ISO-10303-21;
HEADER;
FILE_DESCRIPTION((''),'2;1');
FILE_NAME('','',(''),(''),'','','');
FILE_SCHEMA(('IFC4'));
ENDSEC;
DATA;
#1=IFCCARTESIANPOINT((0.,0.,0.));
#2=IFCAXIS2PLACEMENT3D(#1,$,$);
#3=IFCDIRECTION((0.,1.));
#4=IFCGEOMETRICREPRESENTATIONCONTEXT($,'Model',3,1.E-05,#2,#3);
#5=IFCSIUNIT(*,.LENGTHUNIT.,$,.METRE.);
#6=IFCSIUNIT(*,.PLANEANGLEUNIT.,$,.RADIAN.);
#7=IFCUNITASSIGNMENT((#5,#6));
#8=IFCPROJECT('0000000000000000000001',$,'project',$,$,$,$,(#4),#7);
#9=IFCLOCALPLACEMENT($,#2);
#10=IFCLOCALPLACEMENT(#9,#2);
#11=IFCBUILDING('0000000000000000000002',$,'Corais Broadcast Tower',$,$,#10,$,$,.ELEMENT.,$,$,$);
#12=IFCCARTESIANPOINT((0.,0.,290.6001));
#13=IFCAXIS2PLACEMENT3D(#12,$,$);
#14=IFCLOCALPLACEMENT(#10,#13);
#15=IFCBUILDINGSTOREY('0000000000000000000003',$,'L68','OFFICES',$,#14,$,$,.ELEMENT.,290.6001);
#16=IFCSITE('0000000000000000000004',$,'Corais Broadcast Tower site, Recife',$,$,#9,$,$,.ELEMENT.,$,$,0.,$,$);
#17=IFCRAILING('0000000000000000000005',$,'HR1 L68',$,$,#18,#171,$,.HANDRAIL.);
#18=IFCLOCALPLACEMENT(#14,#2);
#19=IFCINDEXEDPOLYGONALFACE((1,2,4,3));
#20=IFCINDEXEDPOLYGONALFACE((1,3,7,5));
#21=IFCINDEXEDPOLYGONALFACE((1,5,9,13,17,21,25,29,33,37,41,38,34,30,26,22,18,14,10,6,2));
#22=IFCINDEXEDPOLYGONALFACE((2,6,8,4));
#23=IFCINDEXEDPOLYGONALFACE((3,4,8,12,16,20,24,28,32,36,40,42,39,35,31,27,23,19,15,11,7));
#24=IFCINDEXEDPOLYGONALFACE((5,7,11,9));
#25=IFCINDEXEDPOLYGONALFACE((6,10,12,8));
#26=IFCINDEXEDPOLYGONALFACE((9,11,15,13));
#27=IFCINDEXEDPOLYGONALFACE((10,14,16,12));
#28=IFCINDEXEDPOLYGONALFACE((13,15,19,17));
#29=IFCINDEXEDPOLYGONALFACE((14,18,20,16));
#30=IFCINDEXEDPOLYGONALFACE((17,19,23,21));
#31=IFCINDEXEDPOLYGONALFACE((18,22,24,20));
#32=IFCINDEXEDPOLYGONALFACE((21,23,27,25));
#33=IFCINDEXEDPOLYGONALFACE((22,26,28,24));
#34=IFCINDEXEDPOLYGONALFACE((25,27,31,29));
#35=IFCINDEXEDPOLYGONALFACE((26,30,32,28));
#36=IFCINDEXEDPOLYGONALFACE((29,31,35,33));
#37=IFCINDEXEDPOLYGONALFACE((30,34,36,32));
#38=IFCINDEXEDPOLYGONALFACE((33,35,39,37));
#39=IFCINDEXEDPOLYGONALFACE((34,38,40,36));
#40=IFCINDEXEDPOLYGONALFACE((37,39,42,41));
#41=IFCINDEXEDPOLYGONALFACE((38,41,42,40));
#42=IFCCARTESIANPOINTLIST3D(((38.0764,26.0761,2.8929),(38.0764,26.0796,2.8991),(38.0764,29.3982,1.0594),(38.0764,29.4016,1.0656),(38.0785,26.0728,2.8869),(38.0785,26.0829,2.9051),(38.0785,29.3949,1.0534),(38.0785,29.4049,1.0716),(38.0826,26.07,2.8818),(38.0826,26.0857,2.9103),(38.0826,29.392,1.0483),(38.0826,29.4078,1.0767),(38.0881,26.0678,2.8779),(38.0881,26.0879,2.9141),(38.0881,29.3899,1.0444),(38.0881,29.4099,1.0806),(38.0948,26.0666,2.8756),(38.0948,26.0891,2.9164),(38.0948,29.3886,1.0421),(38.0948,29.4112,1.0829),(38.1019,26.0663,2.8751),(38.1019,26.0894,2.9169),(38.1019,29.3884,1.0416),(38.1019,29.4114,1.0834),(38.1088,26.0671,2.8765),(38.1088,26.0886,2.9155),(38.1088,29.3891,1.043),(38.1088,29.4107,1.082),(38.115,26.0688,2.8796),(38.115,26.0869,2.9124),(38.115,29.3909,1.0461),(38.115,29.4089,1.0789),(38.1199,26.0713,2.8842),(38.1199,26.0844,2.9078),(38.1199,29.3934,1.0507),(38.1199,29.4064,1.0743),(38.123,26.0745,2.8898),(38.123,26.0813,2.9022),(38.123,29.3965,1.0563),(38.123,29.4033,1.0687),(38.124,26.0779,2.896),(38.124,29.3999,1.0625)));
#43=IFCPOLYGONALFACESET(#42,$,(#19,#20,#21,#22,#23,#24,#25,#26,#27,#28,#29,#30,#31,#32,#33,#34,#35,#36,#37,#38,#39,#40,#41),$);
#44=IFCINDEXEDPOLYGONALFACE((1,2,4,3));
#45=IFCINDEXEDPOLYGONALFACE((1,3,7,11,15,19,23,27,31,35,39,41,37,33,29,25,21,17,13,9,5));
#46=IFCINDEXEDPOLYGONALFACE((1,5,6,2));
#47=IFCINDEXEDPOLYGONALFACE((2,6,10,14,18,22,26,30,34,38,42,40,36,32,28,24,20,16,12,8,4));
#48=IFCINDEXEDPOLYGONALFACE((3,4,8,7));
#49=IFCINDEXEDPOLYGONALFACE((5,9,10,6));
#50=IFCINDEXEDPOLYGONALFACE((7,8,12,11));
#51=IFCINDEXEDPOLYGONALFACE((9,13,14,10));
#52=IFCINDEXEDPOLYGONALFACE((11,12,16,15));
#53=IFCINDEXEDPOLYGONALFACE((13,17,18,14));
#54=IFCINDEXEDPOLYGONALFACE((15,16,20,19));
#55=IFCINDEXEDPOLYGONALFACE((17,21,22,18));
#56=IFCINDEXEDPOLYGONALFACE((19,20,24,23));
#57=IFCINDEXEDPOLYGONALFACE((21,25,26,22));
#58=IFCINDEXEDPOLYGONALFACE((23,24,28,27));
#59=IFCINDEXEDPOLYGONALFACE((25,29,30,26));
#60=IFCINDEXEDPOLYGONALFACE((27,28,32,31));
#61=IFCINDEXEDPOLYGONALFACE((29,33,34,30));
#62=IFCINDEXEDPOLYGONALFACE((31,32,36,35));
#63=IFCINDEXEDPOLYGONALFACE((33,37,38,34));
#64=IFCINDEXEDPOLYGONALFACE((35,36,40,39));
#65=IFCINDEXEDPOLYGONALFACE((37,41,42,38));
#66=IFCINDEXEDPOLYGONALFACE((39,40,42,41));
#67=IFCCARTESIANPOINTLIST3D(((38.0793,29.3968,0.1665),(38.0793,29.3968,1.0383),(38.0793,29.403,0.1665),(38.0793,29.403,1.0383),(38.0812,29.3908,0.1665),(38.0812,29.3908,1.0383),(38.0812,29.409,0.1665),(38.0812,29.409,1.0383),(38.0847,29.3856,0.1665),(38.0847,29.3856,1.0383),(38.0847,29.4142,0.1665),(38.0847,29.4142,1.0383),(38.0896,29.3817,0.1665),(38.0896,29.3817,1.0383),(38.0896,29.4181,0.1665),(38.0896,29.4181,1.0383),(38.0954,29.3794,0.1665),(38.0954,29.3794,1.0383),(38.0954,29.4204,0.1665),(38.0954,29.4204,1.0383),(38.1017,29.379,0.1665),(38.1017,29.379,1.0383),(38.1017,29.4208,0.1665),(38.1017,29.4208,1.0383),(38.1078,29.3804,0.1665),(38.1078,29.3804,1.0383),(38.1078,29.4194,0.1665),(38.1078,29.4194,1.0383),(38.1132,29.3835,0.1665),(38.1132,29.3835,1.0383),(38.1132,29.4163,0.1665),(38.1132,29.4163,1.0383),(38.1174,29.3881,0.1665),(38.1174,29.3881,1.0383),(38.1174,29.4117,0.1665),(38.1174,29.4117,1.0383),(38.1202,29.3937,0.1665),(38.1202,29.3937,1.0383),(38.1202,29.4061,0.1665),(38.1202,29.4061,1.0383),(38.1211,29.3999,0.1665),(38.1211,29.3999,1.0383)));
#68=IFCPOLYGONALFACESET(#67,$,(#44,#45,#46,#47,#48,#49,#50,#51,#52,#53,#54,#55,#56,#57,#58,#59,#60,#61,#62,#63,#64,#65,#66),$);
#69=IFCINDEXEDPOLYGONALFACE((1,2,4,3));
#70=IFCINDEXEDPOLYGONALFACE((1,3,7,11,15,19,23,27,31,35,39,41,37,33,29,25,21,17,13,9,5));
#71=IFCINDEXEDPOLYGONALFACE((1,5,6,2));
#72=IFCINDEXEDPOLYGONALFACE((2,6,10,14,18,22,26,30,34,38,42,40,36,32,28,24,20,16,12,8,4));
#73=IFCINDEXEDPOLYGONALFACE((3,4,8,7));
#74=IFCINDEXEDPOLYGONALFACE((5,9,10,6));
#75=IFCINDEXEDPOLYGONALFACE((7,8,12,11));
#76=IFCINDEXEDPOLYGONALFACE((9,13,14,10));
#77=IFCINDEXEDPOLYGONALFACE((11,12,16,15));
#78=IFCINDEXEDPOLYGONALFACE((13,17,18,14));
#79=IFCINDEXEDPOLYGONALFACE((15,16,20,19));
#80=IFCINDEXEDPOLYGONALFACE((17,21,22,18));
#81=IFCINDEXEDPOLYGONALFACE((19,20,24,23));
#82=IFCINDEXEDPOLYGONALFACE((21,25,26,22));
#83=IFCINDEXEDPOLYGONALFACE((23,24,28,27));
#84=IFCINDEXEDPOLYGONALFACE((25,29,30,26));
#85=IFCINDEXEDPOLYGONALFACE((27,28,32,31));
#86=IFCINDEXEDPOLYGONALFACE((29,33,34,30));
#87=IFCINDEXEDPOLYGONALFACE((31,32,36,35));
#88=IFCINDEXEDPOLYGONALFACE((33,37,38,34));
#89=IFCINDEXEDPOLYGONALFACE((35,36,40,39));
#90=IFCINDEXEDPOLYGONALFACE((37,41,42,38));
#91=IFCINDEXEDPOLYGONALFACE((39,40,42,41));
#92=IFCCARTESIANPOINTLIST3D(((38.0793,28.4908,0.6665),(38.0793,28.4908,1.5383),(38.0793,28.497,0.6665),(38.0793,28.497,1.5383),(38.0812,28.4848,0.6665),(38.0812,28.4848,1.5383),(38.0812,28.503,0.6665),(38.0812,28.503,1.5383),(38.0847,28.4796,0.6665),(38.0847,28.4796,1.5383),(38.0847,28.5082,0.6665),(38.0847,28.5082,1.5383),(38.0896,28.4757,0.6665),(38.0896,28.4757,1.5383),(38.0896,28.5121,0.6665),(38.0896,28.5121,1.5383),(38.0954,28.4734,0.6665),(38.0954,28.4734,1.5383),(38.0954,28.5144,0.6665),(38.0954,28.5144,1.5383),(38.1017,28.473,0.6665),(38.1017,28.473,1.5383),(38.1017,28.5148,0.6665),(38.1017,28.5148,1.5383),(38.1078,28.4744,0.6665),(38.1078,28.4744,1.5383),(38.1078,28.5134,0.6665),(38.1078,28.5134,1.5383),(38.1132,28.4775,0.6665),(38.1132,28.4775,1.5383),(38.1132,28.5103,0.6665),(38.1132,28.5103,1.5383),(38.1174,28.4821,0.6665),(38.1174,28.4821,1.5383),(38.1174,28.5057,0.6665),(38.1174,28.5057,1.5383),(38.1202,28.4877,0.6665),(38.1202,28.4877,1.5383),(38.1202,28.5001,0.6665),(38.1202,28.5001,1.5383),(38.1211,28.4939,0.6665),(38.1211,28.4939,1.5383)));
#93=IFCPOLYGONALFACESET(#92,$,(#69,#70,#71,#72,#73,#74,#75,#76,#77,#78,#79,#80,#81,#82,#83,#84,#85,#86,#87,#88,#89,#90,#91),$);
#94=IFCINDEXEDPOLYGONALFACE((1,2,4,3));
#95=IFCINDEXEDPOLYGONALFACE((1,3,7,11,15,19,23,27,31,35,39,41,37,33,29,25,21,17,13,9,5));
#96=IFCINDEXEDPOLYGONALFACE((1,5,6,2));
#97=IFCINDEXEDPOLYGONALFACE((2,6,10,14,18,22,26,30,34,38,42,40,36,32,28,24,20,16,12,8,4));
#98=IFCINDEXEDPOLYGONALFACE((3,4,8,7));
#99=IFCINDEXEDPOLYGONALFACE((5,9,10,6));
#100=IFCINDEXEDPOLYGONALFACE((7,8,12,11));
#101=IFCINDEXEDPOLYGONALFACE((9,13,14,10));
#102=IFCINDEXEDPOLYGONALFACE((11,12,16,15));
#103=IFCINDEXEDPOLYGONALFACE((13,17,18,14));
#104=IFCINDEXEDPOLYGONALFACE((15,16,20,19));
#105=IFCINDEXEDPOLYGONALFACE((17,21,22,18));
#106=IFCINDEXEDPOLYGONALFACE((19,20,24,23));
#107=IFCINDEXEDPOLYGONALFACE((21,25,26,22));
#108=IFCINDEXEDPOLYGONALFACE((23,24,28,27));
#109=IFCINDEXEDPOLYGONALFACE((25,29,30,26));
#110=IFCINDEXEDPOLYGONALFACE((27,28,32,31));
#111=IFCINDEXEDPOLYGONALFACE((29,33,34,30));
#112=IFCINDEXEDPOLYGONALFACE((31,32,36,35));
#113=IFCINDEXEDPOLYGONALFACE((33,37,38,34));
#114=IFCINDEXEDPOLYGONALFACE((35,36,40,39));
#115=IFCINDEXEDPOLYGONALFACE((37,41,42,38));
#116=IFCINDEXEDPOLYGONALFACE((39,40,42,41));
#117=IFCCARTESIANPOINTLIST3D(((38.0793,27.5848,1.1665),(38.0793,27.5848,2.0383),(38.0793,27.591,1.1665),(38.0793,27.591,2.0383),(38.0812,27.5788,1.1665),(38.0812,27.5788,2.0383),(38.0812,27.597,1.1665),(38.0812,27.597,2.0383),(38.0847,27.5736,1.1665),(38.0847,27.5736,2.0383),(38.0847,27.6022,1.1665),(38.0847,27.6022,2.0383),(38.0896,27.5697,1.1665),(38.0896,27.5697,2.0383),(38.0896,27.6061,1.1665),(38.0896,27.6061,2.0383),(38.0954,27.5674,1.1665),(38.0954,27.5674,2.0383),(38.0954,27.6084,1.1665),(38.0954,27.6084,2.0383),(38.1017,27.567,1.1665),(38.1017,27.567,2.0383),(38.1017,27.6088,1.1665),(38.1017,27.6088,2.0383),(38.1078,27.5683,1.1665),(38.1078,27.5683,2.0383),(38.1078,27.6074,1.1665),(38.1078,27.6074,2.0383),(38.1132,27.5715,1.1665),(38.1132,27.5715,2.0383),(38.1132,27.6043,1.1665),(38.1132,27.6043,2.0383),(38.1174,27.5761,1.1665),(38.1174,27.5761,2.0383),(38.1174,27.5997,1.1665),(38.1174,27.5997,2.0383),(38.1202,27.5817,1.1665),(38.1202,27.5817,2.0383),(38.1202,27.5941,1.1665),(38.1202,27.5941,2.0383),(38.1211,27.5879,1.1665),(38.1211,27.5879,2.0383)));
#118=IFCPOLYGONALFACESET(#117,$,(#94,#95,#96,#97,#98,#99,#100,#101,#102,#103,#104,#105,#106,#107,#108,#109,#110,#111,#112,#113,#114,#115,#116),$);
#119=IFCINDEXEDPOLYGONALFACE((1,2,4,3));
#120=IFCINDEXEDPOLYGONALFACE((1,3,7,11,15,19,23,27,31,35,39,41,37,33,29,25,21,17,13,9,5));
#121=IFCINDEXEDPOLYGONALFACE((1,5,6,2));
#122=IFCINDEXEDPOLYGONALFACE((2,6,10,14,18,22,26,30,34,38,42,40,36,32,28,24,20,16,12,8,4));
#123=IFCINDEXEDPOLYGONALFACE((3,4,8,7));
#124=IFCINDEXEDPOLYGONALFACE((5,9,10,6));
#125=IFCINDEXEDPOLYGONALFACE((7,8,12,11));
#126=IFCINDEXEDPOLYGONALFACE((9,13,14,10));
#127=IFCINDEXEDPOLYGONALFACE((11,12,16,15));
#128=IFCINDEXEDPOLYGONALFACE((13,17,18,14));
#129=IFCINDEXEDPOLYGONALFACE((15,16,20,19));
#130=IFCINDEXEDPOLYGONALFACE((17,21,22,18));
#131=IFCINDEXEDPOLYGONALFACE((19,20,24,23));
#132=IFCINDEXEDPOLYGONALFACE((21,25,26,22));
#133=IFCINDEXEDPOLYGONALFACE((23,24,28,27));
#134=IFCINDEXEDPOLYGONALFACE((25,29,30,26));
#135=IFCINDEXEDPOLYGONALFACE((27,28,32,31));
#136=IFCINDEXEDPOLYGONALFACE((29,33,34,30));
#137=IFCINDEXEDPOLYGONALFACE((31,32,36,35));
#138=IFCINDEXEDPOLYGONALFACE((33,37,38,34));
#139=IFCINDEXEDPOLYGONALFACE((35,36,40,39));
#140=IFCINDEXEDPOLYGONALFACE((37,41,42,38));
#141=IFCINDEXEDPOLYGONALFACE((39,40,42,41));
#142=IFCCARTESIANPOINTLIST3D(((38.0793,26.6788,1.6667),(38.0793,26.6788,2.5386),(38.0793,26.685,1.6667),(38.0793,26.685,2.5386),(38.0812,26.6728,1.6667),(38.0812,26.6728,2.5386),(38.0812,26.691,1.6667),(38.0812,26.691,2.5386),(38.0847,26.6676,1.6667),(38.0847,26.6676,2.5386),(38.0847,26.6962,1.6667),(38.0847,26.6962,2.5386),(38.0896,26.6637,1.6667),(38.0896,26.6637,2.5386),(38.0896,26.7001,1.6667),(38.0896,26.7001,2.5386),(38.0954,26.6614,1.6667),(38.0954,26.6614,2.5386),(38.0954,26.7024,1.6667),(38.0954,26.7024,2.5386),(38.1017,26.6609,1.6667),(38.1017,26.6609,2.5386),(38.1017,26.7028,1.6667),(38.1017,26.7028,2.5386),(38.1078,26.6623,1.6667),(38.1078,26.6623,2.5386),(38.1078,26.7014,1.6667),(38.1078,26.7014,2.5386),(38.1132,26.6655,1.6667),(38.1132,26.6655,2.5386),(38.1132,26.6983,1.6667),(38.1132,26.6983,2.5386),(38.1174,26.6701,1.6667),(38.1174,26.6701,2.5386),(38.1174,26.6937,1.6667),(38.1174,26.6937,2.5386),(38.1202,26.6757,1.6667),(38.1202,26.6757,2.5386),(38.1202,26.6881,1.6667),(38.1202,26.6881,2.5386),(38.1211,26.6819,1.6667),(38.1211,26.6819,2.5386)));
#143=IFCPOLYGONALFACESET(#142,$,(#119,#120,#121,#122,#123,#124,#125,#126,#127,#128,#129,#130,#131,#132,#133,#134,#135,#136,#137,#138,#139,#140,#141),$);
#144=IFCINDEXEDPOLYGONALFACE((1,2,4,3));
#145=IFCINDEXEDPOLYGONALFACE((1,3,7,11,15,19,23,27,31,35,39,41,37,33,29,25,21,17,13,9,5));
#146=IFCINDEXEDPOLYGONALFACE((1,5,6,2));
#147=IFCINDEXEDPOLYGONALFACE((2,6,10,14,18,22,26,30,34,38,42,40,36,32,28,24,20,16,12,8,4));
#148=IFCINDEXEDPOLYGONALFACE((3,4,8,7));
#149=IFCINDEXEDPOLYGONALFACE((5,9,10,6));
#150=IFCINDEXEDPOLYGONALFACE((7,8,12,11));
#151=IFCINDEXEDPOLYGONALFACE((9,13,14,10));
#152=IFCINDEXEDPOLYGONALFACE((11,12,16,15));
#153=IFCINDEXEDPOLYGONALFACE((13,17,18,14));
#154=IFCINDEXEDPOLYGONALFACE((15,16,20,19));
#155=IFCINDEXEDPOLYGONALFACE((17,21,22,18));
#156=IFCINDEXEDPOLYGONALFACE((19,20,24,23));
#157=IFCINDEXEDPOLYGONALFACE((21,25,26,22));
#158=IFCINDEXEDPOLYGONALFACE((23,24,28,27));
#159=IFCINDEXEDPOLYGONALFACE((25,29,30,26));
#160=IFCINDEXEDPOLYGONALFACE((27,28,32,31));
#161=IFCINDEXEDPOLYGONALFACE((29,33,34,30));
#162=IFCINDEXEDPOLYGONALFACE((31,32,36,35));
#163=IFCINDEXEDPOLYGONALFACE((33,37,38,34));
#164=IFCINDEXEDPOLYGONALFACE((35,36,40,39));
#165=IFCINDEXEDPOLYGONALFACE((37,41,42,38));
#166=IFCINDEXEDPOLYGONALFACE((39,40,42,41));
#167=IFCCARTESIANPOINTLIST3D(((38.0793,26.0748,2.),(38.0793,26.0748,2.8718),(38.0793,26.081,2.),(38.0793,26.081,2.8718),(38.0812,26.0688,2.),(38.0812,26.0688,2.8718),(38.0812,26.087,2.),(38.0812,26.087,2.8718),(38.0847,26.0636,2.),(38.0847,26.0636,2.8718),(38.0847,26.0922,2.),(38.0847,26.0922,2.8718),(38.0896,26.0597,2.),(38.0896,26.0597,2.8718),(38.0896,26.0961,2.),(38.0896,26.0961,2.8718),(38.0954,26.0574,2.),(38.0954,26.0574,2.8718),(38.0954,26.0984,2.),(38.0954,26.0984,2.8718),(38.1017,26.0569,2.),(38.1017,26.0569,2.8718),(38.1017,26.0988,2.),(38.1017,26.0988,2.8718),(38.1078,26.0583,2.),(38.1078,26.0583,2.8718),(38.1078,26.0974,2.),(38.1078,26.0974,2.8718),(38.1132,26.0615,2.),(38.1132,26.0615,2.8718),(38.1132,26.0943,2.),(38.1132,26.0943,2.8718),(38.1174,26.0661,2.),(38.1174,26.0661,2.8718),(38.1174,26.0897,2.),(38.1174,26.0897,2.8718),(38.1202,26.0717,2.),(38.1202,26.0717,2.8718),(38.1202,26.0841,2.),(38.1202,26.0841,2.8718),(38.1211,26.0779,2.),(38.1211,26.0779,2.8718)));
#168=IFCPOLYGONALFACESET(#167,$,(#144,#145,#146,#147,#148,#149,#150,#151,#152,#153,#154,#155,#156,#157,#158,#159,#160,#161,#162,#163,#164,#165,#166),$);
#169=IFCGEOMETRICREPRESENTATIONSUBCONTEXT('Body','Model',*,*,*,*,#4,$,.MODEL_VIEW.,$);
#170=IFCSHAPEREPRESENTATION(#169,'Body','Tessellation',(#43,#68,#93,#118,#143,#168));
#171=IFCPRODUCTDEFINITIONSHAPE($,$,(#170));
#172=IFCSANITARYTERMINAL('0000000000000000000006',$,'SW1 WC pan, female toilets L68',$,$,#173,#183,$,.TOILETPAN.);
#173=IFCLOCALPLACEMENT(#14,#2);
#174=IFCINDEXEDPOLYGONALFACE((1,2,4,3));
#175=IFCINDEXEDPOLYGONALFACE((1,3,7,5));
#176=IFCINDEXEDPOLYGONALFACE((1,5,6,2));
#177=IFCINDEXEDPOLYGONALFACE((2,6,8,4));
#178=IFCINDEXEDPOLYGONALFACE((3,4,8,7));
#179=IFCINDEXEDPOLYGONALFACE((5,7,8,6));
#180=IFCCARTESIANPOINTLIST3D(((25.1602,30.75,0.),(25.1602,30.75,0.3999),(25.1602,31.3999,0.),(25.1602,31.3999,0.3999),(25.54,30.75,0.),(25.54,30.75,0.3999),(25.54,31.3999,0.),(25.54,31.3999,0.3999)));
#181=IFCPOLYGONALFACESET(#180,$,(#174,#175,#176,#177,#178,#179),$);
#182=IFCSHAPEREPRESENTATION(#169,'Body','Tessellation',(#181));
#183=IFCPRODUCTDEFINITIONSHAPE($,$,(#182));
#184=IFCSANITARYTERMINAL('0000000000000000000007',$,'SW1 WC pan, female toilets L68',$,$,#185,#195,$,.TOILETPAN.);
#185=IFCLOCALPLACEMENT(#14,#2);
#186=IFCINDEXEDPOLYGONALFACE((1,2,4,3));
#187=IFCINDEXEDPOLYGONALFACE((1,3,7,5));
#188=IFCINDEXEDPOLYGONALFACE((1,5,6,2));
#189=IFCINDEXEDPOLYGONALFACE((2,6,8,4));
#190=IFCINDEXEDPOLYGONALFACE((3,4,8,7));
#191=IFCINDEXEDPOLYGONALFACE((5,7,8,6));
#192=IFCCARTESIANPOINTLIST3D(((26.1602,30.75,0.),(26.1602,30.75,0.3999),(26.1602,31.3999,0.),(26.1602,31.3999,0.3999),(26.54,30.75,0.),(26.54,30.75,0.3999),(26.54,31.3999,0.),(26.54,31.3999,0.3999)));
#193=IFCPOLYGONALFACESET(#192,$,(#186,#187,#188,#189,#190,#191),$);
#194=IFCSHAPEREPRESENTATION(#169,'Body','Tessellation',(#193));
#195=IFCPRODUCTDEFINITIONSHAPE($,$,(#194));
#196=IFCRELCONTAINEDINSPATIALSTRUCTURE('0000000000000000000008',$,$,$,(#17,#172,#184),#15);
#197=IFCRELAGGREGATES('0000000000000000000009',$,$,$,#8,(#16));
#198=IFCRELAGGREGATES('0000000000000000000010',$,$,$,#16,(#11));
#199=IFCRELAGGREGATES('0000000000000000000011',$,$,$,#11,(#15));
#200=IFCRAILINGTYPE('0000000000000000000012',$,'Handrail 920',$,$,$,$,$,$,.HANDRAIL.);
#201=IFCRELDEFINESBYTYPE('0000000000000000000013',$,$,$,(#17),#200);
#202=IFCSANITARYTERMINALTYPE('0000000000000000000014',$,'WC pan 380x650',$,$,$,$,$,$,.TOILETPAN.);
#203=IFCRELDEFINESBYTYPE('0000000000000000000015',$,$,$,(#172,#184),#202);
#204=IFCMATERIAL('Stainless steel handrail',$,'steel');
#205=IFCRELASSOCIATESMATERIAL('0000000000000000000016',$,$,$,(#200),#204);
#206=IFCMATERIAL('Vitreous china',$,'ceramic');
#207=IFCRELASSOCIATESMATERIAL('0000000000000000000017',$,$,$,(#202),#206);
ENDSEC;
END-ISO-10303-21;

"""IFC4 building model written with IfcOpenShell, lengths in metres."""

from ifc_helpers import new_model, si_unit, direction, frame, origin, origin_2d, place, context, subcontext, project, spatial, rectangle, circle, extrude, material, type_object, element, save


model = new_model("IFC4")

# Units and contexts
model_context = context("Model", 3, precision=1e-05, world=origin(), true_north=direction((0.0, 1.0)))
body_context = subcontext(model_context, "Body", "Model", "MODEL_VIEW")
ifc_project = project(units=[si_unit("LENGTHUNIT", "METRE"), si_unit("PLANEANGLEUNIT", "RADIAN")], contexts=[model_context])

# Site, building, storey
site_placement = place(None, origin())
site = spatial("IfcSite", under=ifc_project, at=site_placement, Name="Corais Broadcast Tower site, Recife", CompositionType="ELEMENT", RefElevation=0.0)
building_placement = place(site_placement, origin())
building = spatial("IfcBuilding", under=site, at=building_placement, Name="Corais Broadcast Tower", CompositionType="ELEMENT")
storey_placement = place(building_placement, frame((0.0, 0.0, 290.6001)))
storey = spatial("IfcBuildingStorey", under=building, at=storey_placement, Name="L68", Description="OFFICES", CompositionType="ELEMENT", Elevation=290.6001)

# Railing
ifc_material_1 = material(Name="Stainless steel handrail", Category="steel")
railing_type = type_object("IfcRailingType", Name="Handrail 920", PredefinedType="HANDRAIL", material=ifc_material_1)
for number, where, name in (
    (1, (38.1001, 29.3999, 0.1665), "HR1 L68"),
):
    element("IfcRailing", number, at=place(storey_placement, frame(where)), inside=storey, type_object=railing_type, Name=name, PredefinedType="HANDRAIL", context=body_context, shape_type="SweptSolid", body=[
        extrude(circle(Radius=0.0239, at=origin_2d()), frame((0.0, 0.0, 0.896), z_axis=(0.0, -0.875504, 0.48321), x_axis=(1.0, 0.0, 0.0)), (0.0, 0.0, 1.0), 3.7944),
        extrude(circle(Radius=0.021, at=origin_2d()), origin(), (0.0, 0.0, 1.0), 0.8718),
        extrude(circle(Radius=0.021, at=origin_2d()), frame((0.0, -0.906, 0.5)), (0.0, 0.0, 1.0), 0.8718),
        extrude(circle(Radius=0.021, at=origin_2d()), frame((0.0, -1.812, 1.0)), (0.0, 0.0, 1.0), 0.8718),
        extrude(circle(Radius=0.021, at=origin_2d()), frame((0.0, -2.718, 1.5002)), (0.0, 0.0, 1.0), 0.8718),
        extrude(circle(Radius=0.021, at=origin_2d()), frame((0.0, -3.322, 1.8335)), (0.0, 0.0, 1.0), 0.8718),
    ])

# Sanitary terminals
ifc_material_2 = material(Name="Vitreous china", Category="ceramic")
sanitary_terminal_type = type_object("IfcSanitaryTerminalType", Name="WC pan 380x650", PredefinedType="TOILETPAN", material=ifc_material_2)
for number, where, z_axis, x_axis, name in (
    (2, (25.3501, 31.075, 0.0), (0.0, 0.0, 1.0), (1.0, 0.0, 0.0), "SW1 WC pan, female toilets L68"),
    (3, (26.3501, 31.075, 0.0), (0.0, 0.0, 1.0), (1.0, 0.0, 0.0), "SW1 WC pan, female toilets L68"),
):
    element("IfcSanitaryTerminal", number, at=place(storey_placement, frame(where, z_axis=z_axis, x_axis=x_axis)), inside=storey, type_object=sanitary_terminal_type, Name=name, PredefinedType="TOILETPAN", context=body_context, shape_type="SweptSolid", body=[
        extrude(rectangle(XDim=0.3799, YDim=0.6499, at=origin_2d()), origin(), (0.0, 0.0, 1.0), 0.3999),
    ])

save(model, "model.ifc")
